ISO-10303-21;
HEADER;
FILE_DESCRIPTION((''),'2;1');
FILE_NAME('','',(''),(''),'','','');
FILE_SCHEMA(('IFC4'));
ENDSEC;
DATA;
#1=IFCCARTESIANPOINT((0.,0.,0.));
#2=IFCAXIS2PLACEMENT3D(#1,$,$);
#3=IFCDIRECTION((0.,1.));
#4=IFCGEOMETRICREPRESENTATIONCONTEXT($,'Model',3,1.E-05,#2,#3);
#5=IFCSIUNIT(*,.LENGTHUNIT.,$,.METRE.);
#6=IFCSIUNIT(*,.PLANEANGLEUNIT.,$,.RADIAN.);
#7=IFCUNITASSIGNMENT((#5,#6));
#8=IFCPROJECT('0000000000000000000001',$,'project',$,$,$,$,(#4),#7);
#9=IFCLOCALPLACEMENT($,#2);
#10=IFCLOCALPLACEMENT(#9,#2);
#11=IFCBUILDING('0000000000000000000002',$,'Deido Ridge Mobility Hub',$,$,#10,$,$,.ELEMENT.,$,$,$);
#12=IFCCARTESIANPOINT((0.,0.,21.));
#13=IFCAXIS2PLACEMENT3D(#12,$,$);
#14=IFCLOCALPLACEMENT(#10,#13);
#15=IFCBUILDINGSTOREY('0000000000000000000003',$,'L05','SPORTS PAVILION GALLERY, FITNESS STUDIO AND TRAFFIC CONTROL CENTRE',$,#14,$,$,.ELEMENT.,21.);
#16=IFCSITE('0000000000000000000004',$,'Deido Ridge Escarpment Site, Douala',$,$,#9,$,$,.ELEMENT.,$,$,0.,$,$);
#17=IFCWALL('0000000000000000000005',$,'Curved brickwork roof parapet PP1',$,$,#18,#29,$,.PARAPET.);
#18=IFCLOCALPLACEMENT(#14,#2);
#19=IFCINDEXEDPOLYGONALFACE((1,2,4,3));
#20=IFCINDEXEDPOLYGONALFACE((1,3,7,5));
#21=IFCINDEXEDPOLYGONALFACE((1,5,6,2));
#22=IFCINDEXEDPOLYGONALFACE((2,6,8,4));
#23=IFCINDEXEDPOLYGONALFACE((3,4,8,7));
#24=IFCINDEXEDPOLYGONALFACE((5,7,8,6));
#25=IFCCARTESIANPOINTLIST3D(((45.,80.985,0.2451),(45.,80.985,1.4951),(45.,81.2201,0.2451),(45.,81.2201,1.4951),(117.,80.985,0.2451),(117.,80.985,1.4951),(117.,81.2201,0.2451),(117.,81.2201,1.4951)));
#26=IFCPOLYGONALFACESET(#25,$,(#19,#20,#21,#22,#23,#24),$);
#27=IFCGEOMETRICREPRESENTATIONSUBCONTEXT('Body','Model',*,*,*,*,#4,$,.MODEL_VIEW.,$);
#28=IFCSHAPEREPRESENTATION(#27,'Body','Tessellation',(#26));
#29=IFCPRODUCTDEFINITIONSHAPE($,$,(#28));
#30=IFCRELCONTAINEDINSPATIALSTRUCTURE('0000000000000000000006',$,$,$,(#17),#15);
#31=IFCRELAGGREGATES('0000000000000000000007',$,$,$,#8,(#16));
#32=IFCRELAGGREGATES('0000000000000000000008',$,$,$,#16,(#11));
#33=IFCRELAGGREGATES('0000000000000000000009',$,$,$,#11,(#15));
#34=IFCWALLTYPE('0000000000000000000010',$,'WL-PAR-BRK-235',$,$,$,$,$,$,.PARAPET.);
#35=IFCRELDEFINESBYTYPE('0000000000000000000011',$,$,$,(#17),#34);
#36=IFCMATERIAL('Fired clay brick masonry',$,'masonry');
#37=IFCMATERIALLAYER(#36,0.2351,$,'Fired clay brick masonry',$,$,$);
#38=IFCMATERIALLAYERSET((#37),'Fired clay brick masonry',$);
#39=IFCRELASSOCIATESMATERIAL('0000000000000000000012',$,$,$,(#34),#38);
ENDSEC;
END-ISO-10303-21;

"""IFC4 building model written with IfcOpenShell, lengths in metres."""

from ifc_helpers import new_model, si_unit, direction, frame, frame_2d, origin, place, context, subcontext, project, spatial, rectangle, extrude, material, layer, layer_set, type_object, element, save


model = new_model("IFC4")

# Units and contexts
model_context = context("Model", 3, precision=1e-05, world=origin(), true_north=direction((0.0, 1.0)))
body_context = subcontext(model_context, "Body", "Model", "MODEL_VIEW")
ifc_project = project(units=[si_unit("LENGTHUNIT", "METRE"), si_unit("PLANEANGLEUNIT", "RADIAN")], contexts=[model_context])

# Site, building, storey
site_placement = place(None, origin())
site = spatial("IfcSite", under=ifc_project, at=site_placement, Name="Deido Ridge Escarpment Site, Douala", CompositionType="ELEMENT", RefElevation=0.0)
building_placement = place(site_placement, origin())
building = spatial("IfcBuilding", under=site, at=building_placement, Name="Deido Ridge Mobility Hub", CompositionType="ELEMENT")
storey_placement = place(building_placement, frame((0.0, 0.0, 21.0)))
storey = spatial("IfcBuildingStorey", under=building, at=storey_placement, Name="L05", Description="SPORTS PAVILION GALLERY, FITNESS STUDIO AND TRAFFIC CONTROL CENTRE", CompositionType="ELEMENT", Elevation=21.0)

# Wall
ifc_material_1 = material(Name="Fired clay brick masonry", Category="masonry")
ifc_layer_1 = layer(ifc_material_1, 0.2351, Name="Fired clay brick masonry")
ifc_layer_set_1 = layer_set([ifc_layer_1], Name="Fired clay brick masonry")
wall_type = type_object("IfcWallType", Name="WL-PAR-BRK-235", PredefinedType="PARAPET", material=ifc_layer_set_1)
wall_placement = place(storey_placement, frame((45.0, 81.1025, 0.2451), z_axis=(0.0, 0.0, 1.0), x_axis=(1.0, 0.0, 0.0)))
element("IfcWall", 1, at=wall_placement, inside=storey, type_object=wall_type, Name="Curved brickwork roof parapet PP1", PredefinedType="PARAPET", context=body_context, shape_type="SweptSolid", body=[
    extrude(rectangle(XDim=72.0, YDim=0.2351, at=frame_2d((36.0, 0.0))), origin(), (0.0, 0.0, 1.0), 1.25),
])

save(model, "model.ifc")
